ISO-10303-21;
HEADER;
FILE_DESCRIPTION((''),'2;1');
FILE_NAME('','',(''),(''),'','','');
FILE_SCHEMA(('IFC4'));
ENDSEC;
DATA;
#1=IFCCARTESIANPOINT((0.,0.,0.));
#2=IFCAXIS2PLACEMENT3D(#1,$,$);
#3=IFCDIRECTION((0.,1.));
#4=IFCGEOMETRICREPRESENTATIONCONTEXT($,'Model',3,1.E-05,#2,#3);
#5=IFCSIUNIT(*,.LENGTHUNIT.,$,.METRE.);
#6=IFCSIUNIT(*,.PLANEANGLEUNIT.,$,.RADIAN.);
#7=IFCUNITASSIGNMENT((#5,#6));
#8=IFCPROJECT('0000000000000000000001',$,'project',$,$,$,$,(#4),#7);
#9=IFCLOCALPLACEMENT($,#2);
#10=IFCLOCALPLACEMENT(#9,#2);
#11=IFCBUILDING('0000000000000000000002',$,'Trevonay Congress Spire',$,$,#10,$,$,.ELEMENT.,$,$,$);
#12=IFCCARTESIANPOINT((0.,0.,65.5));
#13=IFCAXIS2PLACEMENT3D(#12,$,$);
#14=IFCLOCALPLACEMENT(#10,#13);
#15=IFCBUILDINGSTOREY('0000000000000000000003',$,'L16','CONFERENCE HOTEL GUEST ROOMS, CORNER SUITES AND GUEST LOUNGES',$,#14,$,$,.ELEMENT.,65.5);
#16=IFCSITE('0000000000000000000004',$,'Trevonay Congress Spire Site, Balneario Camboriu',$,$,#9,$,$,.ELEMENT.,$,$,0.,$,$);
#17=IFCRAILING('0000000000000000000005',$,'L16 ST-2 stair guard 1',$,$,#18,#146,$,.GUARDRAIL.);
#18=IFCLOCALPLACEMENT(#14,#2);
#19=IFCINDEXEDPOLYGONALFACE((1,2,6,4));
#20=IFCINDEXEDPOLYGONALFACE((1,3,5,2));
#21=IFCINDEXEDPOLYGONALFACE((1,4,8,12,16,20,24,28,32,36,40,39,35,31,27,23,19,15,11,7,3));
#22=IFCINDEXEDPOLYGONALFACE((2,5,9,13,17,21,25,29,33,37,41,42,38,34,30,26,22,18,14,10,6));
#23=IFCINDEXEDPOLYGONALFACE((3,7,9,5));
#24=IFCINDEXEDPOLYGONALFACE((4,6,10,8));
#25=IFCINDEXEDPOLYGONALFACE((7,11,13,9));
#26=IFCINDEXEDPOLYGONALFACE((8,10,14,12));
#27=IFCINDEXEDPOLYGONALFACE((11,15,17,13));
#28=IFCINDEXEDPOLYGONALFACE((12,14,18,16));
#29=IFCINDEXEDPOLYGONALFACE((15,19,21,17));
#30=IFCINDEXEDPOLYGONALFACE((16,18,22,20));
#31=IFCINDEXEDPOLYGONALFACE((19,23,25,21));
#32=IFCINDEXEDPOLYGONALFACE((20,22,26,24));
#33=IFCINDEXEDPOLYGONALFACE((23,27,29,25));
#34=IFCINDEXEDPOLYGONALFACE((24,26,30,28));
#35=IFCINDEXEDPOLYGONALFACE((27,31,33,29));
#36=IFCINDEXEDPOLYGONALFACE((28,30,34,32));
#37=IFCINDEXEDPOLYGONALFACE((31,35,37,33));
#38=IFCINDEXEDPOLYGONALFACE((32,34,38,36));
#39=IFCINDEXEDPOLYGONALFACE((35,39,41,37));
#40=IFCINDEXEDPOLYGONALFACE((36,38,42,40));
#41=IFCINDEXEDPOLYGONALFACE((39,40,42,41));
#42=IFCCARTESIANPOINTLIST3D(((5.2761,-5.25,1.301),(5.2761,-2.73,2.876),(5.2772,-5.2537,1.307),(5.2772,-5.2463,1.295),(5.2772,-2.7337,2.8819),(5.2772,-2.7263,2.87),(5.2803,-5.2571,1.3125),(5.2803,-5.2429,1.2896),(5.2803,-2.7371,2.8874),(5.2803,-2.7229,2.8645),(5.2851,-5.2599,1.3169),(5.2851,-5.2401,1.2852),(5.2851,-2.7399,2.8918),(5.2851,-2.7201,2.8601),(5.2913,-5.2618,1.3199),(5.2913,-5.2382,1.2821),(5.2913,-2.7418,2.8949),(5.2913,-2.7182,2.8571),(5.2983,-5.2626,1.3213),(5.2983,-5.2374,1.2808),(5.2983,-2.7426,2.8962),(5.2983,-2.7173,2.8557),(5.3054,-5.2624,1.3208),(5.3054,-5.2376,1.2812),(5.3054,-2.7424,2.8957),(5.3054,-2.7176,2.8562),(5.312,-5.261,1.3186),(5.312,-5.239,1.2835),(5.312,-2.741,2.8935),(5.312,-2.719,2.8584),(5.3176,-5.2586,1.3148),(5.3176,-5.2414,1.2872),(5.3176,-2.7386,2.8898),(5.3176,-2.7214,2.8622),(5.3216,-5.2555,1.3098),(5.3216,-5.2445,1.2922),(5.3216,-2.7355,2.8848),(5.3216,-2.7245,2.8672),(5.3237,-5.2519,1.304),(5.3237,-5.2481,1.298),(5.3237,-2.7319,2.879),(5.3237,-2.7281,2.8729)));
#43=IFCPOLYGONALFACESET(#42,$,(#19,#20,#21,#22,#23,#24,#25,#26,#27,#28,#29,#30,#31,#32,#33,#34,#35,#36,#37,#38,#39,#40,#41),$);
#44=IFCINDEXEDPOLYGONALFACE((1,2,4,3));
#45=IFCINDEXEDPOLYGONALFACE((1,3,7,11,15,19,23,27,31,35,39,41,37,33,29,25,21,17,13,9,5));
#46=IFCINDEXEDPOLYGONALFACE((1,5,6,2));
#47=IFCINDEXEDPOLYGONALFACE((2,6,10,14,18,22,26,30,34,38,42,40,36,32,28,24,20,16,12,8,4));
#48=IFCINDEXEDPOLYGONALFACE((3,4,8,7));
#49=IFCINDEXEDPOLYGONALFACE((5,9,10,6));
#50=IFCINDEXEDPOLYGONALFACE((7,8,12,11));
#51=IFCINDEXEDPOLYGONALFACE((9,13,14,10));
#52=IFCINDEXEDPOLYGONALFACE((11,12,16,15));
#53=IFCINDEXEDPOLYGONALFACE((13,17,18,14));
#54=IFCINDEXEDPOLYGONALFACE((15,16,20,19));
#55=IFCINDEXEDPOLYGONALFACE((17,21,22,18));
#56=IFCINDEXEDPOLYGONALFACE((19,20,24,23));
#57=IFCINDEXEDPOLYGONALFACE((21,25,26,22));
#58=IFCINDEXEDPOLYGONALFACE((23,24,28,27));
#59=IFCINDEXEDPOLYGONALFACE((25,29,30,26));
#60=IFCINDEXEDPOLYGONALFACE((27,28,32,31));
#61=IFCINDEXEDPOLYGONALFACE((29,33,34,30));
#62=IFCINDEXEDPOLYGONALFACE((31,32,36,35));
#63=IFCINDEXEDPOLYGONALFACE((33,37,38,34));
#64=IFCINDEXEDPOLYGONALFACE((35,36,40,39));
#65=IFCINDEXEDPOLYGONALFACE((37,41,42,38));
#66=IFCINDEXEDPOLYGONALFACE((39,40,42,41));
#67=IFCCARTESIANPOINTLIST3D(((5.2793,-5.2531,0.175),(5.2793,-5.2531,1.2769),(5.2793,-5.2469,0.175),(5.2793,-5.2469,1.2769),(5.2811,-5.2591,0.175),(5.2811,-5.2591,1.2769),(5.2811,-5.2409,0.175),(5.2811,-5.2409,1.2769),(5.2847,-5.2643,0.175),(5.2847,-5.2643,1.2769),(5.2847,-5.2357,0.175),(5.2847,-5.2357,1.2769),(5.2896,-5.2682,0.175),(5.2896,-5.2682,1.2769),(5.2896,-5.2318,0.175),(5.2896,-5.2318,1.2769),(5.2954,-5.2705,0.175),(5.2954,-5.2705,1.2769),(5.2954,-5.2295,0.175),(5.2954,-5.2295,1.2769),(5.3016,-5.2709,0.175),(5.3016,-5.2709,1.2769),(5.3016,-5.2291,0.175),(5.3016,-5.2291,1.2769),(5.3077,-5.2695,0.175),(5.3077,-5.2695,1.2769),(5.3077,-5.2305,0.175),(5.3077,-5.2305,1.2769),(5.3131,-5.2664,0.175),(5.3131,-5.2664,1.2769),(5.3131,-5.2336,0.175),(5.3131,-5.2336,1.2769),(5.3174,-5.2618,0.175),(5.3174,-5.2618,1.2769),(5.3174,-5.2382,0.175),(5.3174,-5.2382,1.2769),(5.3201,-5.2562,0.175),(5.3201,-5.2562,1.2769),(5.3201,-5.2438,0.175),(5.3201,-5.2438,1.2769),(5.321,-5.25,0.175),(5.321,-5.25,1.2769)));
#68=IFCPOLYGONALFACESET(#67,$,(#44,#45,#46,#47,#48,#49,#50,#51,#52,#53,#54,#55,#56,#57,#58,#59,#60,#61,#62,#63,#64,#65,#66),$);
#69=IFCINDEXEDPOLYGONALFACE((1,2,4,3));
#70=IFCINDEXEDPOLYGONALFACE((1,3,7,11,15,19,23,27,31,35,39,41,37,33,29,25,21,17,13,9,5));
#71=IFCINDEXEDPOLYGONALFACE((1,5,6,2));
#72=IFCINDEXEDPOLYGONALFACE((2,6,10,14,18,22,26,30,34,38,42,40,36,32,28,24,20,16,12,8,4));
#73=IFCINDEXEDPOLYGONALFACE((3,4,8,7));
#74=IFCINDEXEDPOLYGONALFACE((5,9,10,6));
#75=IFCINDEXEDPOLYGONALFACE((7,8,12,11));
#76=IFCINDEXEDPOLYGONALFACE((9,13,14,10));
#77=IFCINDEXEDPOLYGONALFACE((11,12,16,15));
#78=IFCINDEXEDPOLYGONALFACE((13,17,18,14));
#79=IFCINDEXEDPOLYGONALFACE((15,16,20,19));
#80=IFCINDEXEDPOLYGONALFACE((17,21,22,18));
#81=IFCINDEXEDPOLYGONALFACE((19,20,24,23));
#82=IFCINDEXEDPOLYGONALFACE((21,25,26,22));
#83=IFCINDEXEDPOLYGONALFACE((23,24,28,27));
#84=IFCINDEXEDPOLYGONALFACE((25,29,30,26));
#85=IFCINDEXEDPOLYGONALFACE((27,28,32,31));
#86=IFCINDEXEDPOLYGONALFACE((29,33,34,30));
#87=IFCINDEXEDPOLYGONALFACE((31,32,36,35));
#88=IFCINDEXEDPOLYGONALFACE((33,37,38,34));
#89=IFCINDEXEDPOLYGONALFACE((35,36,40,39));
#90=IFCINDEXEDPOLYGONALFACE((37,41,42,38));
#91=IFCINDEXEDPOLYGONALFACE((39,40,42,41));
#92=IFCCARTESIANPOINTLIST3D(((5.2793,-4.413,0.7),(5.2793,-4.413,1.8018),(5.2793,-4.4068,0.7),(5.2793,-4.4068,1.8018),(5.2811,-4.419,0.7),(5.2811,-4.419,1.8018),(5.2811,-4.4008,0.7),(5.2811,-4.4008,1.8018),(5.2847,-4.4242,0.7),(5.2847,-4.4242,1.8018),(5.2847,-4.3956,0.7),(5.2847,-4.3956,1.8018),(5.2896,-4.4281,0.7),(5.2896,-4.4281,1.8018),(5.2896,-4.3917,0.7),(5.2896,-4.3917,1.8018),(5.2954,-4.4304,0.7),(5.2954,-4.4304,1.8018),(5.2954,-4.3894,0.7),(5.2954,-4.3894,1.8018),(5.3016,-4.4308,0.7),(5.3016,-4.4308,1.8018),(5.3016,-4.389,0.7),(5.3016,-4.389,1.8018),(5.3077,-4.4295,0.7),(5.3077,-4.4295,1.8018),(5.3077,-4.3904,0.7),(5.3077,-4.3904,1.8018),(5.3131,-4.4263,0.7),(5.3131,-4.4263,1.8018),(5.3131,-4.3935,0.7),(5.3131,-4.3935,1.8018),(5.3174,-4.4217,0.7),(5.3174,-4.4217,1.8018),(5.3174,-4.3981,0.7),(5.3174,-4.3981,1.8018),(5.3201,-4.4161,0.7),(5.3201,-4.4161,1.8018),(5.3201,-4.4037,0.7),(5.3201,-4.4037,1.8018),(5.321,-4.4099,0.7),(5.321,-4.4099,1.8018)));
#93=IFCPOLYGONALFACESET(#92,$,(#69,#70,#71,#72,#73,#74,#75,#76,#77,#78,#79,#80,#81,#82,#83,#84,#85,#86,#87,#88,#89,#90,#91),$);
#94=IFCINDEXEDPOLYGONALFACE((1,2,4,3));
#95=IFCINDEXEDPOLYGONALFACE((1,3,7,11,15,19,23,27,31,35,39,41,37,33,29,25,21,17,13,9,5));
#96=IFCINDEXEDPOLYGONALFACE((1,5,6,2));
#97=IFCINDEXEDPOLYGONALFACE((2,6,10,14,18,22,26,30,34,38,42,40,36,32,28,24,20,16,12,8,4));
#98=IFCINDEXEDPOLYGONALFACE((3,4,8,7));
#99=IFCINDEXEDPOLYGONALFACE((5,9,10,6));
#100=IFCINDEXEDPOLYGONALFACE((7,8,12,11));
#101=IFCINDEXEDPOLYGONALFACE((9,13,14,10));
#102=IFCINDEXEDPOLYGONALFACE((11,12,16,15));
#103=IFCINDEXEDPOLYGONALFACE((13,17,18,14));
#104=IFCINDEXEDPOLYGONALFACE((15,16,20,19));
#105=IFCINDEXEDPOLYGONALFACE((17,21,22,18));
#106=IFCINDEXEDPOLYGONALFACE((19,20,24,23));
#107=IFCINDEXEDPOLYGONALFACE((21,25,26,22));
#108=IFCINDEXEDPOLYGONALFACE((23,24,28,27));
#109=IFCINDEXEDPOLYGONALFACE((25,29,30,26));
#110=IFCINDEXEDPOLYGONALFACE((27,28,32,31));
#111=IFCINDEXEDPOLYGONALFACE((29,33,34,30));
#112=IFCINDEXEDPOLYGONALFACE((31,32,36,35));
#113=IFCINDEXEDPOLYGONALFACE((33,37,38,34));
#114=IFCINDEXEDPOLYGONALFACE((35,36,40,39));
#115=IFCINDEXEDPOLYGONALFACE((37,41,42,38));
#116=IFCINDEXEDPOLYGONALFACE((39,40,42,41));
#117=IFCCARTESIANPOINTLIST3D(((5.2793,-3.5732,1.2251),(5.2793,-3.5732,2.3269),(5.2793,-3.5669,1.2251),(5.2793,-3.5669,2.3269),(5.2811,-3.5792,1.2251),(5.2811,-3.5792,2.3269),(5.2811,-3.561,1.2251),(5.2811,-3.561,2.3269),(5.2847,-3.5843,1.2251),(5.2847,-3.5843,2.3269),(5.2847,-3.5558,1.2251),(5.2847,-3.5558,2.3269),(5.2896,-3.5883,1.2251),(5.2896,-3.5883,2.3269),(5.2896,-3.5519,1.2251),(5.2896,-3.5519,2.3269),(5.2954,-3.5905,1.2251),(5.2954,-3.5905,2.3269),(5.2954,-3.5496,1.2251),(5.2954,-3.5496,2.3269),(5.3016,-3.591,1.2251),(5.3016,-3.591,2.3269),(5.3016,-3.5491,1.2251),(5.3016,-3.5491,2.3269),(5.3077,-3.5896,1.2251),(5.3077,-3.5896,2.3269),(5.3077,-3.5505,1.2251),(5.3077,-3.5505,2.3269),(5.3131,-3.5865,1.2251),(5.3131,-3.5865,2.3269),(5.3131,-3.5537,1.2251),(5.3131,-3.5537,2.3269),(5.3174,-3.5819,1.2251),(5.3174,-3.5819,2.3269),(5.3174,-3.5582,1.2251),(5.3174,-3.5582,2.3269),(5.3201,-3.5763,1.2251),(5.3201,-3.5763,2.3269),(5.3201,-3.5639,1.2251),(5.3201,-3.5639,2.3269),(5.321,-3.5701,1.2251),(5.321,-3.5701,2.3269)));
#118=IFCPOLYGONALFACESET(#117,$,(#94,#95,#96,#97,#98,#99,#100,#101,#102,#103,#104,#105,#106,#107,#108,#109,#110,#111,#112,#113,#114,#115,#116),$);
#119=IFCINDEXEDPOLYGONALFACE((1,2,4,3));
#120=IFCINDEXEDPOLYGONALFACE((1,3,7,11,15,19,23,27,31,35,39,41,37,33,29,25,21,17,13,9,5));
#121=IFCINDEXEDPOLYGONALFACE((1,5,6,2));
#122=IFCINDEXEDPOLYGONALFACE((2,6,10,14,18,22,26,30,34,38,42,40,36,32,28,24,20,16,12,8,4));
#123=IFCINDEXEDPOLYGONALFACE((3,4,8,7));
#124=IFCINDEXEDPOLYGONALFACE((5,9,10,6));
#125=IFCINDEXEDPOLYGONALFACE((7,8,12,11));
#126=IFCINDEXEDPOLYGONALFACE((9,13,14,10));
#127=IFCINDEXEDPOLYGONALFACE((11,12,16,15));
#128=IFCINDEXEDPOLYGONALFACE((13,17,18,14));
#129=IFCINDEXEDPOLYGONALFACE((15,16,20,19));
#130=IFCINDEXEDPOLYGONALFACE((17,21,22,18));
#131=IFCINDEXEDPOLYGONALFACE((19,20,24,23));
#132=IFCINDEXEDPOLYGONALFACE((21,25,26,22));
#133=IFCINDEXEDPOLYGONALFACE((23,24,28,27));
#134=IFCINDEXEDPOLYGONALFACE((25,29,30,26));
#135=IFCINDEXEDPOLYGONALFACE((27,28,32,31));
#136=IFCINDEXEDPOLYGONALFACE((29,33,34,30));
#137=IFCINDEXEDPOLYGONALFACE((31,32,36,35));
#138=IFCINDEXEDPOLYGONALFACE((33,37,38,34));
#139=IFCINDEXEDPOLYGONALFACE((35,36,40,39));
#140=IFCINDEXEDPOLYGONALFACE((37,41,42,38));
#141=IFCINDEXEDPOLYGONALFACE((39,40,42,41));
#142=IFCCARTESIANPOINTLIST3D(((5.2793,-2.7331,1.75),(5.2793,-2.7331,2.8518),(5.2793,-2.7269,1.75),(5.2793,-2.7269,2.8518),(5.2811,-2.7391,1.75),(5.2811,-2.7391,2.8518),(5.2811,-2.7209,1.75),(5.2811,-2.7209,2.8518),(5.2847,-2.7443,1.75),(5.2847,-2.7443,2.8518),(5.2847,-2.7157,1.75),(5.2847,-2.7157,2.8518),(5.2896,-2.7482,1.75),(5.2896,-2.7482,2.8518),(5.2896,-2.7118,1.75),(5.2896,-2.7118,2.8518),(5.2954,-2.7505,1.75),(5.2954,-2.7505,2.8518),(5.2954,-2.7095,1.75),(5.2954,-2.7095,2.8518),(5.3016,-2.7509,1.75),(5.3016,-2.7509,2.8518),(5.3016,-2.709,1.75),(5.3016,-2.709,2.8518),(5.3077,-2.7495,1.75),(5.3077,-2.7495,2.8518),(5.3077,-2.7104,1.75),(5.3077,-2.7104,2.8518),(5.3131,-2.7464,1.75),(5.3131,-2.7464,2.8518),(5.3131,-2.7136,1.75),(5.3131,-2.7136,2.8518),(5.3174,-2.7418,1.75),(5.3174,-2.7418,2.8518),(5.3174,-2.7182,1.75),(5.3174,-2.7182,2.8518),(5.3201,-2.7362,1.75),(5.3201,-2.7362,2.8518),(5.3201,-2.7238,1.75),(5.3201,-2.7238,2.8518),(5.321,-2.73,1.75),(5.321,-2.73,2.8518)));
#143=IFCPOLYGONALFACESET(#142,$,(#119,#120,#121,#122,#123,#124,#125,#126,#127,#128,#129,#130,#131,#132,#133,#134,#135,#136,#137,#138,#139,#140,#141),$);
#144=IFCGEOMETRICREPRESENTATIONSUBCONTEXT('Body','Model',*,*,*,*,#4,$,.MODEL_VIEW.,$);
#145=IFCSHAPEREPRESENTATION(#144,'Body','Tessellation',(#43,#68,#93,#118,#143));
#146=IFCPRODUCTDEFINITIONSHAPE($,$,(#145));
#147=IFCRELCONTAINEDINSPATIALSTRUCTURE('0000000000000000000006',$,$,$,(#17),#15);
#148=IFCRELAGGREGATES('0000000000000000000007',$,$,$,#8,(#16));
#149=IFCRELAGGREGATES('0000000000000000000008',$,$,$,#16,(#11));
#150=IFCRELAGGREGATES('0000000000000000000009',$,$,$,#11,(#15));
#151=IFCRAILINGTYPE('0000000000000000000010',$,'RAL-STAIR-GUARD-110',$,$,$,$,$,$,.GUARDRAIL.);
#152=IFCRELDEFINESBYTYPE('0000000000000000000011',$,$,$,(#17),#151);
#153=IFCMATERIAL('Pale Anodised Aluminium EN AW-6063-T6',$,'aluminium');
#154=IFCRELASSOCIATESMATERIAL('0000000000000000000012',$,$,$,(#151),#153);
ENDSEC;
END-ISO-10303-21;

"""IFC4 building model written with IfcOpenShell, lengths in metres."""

from ifc_helpers import new_model, si_unit, direction, frame, origin, origin_2d, place, context, subcontext, project, spatial, circle, extrude, material, type_object, element, save


model = new_model("IFC4")

# Units and contexts
model_context = context("Model", 3, precision=1e-05, world=origin(), true_north=direction((0.0, 1.0)))
body_context = subcontext(model_context, "Body", "Model", "MODEL_VIEW")
ifc_project = project(units=[si_unit("LENGTHUNIT", "METRE"), si_unit("PLANEANGLEUNIT", "RADIAN")], contexts=[model_context])

# Site, building, storey
site_placement = place(None, origin())
site = spatial("IfcSite", under=ifc_project, at=site_placement, Name="Trevonay Congress Spire Site, Balneario Camboriu", CompositionType="ELEMENT", RefElevation=0.0)
building_placement = place(site_placement, origin())
building = spatial("IfcBuilding", under=site, at=building_placement, Name="Trevonay Congress Spire", CompositionType="ELEMENT")
storey_placement = place(building_placement, frame((0.0, 0.0, 65.5)))
storey = spatial("IfcBuildingStorey", under=building, at=storey_placement, Name="L16", Description="CONFERENCE HOTEL GUEST ROOMS, CORNER SUITES AND GUEST LOUNGES", CompositionType="ELEMENT", Elevation=65.5)

# Shared definitions
ifc_material_1 = material(Name="Pale Anodised Aluminium EN AW-6063-T6", Category="aluminium")

# Railing
railing_type_1 = type_object("IfcRailingType", Name="RAL-STAIR-GUARD-110", PredefinedType="GUARDRAIL", material=ifc_material_1)
railing_1_placement = place(storey_placement, frame((5.3, -5.25, 0.175)))
element("IfcRailing", 1, at=railing_1_placement, inside=storey, type_object=railing_type_1, Name="L16 ST-2 stair guard 1", PredefinedType="GUARDRAIL", context=body_context, shape_type="SweptSolid", body=[
    extrude(circle(Radius=0.0239, at=origin_2d()), frame((0.0, 0.0, 1.126), z_axis=(0.0, 0.848008, 0.529984), x_axis=(-1.0, 0.0, 0.0)), (0.0, 0.0, 1.0), 2.9717),
    extrude(circle(Radius=0.021, at=origin_2d()), origin(), (0.0, 0.0, 1.0), 1.1018),
    extrude(circle(Radius=0.021, at=origin_2d()), frame((0.0, 0.8401, 0.5249)), (0.0, 0.0, 1.0), 1.1018),
    extrude(circle(Radius=0.021, at=origin_2d()), frame((0.0, 1.6799, 1.05)), (0.0, 0.0, 1.0), 1.1018),
    extrude(circle(Radius=0.021, at=origin_2d()), frame((0.0, 2.52, 1.575)), (0.0, 0.0, 1.0), 1.1018),
])

save(model, "model.ifc")
